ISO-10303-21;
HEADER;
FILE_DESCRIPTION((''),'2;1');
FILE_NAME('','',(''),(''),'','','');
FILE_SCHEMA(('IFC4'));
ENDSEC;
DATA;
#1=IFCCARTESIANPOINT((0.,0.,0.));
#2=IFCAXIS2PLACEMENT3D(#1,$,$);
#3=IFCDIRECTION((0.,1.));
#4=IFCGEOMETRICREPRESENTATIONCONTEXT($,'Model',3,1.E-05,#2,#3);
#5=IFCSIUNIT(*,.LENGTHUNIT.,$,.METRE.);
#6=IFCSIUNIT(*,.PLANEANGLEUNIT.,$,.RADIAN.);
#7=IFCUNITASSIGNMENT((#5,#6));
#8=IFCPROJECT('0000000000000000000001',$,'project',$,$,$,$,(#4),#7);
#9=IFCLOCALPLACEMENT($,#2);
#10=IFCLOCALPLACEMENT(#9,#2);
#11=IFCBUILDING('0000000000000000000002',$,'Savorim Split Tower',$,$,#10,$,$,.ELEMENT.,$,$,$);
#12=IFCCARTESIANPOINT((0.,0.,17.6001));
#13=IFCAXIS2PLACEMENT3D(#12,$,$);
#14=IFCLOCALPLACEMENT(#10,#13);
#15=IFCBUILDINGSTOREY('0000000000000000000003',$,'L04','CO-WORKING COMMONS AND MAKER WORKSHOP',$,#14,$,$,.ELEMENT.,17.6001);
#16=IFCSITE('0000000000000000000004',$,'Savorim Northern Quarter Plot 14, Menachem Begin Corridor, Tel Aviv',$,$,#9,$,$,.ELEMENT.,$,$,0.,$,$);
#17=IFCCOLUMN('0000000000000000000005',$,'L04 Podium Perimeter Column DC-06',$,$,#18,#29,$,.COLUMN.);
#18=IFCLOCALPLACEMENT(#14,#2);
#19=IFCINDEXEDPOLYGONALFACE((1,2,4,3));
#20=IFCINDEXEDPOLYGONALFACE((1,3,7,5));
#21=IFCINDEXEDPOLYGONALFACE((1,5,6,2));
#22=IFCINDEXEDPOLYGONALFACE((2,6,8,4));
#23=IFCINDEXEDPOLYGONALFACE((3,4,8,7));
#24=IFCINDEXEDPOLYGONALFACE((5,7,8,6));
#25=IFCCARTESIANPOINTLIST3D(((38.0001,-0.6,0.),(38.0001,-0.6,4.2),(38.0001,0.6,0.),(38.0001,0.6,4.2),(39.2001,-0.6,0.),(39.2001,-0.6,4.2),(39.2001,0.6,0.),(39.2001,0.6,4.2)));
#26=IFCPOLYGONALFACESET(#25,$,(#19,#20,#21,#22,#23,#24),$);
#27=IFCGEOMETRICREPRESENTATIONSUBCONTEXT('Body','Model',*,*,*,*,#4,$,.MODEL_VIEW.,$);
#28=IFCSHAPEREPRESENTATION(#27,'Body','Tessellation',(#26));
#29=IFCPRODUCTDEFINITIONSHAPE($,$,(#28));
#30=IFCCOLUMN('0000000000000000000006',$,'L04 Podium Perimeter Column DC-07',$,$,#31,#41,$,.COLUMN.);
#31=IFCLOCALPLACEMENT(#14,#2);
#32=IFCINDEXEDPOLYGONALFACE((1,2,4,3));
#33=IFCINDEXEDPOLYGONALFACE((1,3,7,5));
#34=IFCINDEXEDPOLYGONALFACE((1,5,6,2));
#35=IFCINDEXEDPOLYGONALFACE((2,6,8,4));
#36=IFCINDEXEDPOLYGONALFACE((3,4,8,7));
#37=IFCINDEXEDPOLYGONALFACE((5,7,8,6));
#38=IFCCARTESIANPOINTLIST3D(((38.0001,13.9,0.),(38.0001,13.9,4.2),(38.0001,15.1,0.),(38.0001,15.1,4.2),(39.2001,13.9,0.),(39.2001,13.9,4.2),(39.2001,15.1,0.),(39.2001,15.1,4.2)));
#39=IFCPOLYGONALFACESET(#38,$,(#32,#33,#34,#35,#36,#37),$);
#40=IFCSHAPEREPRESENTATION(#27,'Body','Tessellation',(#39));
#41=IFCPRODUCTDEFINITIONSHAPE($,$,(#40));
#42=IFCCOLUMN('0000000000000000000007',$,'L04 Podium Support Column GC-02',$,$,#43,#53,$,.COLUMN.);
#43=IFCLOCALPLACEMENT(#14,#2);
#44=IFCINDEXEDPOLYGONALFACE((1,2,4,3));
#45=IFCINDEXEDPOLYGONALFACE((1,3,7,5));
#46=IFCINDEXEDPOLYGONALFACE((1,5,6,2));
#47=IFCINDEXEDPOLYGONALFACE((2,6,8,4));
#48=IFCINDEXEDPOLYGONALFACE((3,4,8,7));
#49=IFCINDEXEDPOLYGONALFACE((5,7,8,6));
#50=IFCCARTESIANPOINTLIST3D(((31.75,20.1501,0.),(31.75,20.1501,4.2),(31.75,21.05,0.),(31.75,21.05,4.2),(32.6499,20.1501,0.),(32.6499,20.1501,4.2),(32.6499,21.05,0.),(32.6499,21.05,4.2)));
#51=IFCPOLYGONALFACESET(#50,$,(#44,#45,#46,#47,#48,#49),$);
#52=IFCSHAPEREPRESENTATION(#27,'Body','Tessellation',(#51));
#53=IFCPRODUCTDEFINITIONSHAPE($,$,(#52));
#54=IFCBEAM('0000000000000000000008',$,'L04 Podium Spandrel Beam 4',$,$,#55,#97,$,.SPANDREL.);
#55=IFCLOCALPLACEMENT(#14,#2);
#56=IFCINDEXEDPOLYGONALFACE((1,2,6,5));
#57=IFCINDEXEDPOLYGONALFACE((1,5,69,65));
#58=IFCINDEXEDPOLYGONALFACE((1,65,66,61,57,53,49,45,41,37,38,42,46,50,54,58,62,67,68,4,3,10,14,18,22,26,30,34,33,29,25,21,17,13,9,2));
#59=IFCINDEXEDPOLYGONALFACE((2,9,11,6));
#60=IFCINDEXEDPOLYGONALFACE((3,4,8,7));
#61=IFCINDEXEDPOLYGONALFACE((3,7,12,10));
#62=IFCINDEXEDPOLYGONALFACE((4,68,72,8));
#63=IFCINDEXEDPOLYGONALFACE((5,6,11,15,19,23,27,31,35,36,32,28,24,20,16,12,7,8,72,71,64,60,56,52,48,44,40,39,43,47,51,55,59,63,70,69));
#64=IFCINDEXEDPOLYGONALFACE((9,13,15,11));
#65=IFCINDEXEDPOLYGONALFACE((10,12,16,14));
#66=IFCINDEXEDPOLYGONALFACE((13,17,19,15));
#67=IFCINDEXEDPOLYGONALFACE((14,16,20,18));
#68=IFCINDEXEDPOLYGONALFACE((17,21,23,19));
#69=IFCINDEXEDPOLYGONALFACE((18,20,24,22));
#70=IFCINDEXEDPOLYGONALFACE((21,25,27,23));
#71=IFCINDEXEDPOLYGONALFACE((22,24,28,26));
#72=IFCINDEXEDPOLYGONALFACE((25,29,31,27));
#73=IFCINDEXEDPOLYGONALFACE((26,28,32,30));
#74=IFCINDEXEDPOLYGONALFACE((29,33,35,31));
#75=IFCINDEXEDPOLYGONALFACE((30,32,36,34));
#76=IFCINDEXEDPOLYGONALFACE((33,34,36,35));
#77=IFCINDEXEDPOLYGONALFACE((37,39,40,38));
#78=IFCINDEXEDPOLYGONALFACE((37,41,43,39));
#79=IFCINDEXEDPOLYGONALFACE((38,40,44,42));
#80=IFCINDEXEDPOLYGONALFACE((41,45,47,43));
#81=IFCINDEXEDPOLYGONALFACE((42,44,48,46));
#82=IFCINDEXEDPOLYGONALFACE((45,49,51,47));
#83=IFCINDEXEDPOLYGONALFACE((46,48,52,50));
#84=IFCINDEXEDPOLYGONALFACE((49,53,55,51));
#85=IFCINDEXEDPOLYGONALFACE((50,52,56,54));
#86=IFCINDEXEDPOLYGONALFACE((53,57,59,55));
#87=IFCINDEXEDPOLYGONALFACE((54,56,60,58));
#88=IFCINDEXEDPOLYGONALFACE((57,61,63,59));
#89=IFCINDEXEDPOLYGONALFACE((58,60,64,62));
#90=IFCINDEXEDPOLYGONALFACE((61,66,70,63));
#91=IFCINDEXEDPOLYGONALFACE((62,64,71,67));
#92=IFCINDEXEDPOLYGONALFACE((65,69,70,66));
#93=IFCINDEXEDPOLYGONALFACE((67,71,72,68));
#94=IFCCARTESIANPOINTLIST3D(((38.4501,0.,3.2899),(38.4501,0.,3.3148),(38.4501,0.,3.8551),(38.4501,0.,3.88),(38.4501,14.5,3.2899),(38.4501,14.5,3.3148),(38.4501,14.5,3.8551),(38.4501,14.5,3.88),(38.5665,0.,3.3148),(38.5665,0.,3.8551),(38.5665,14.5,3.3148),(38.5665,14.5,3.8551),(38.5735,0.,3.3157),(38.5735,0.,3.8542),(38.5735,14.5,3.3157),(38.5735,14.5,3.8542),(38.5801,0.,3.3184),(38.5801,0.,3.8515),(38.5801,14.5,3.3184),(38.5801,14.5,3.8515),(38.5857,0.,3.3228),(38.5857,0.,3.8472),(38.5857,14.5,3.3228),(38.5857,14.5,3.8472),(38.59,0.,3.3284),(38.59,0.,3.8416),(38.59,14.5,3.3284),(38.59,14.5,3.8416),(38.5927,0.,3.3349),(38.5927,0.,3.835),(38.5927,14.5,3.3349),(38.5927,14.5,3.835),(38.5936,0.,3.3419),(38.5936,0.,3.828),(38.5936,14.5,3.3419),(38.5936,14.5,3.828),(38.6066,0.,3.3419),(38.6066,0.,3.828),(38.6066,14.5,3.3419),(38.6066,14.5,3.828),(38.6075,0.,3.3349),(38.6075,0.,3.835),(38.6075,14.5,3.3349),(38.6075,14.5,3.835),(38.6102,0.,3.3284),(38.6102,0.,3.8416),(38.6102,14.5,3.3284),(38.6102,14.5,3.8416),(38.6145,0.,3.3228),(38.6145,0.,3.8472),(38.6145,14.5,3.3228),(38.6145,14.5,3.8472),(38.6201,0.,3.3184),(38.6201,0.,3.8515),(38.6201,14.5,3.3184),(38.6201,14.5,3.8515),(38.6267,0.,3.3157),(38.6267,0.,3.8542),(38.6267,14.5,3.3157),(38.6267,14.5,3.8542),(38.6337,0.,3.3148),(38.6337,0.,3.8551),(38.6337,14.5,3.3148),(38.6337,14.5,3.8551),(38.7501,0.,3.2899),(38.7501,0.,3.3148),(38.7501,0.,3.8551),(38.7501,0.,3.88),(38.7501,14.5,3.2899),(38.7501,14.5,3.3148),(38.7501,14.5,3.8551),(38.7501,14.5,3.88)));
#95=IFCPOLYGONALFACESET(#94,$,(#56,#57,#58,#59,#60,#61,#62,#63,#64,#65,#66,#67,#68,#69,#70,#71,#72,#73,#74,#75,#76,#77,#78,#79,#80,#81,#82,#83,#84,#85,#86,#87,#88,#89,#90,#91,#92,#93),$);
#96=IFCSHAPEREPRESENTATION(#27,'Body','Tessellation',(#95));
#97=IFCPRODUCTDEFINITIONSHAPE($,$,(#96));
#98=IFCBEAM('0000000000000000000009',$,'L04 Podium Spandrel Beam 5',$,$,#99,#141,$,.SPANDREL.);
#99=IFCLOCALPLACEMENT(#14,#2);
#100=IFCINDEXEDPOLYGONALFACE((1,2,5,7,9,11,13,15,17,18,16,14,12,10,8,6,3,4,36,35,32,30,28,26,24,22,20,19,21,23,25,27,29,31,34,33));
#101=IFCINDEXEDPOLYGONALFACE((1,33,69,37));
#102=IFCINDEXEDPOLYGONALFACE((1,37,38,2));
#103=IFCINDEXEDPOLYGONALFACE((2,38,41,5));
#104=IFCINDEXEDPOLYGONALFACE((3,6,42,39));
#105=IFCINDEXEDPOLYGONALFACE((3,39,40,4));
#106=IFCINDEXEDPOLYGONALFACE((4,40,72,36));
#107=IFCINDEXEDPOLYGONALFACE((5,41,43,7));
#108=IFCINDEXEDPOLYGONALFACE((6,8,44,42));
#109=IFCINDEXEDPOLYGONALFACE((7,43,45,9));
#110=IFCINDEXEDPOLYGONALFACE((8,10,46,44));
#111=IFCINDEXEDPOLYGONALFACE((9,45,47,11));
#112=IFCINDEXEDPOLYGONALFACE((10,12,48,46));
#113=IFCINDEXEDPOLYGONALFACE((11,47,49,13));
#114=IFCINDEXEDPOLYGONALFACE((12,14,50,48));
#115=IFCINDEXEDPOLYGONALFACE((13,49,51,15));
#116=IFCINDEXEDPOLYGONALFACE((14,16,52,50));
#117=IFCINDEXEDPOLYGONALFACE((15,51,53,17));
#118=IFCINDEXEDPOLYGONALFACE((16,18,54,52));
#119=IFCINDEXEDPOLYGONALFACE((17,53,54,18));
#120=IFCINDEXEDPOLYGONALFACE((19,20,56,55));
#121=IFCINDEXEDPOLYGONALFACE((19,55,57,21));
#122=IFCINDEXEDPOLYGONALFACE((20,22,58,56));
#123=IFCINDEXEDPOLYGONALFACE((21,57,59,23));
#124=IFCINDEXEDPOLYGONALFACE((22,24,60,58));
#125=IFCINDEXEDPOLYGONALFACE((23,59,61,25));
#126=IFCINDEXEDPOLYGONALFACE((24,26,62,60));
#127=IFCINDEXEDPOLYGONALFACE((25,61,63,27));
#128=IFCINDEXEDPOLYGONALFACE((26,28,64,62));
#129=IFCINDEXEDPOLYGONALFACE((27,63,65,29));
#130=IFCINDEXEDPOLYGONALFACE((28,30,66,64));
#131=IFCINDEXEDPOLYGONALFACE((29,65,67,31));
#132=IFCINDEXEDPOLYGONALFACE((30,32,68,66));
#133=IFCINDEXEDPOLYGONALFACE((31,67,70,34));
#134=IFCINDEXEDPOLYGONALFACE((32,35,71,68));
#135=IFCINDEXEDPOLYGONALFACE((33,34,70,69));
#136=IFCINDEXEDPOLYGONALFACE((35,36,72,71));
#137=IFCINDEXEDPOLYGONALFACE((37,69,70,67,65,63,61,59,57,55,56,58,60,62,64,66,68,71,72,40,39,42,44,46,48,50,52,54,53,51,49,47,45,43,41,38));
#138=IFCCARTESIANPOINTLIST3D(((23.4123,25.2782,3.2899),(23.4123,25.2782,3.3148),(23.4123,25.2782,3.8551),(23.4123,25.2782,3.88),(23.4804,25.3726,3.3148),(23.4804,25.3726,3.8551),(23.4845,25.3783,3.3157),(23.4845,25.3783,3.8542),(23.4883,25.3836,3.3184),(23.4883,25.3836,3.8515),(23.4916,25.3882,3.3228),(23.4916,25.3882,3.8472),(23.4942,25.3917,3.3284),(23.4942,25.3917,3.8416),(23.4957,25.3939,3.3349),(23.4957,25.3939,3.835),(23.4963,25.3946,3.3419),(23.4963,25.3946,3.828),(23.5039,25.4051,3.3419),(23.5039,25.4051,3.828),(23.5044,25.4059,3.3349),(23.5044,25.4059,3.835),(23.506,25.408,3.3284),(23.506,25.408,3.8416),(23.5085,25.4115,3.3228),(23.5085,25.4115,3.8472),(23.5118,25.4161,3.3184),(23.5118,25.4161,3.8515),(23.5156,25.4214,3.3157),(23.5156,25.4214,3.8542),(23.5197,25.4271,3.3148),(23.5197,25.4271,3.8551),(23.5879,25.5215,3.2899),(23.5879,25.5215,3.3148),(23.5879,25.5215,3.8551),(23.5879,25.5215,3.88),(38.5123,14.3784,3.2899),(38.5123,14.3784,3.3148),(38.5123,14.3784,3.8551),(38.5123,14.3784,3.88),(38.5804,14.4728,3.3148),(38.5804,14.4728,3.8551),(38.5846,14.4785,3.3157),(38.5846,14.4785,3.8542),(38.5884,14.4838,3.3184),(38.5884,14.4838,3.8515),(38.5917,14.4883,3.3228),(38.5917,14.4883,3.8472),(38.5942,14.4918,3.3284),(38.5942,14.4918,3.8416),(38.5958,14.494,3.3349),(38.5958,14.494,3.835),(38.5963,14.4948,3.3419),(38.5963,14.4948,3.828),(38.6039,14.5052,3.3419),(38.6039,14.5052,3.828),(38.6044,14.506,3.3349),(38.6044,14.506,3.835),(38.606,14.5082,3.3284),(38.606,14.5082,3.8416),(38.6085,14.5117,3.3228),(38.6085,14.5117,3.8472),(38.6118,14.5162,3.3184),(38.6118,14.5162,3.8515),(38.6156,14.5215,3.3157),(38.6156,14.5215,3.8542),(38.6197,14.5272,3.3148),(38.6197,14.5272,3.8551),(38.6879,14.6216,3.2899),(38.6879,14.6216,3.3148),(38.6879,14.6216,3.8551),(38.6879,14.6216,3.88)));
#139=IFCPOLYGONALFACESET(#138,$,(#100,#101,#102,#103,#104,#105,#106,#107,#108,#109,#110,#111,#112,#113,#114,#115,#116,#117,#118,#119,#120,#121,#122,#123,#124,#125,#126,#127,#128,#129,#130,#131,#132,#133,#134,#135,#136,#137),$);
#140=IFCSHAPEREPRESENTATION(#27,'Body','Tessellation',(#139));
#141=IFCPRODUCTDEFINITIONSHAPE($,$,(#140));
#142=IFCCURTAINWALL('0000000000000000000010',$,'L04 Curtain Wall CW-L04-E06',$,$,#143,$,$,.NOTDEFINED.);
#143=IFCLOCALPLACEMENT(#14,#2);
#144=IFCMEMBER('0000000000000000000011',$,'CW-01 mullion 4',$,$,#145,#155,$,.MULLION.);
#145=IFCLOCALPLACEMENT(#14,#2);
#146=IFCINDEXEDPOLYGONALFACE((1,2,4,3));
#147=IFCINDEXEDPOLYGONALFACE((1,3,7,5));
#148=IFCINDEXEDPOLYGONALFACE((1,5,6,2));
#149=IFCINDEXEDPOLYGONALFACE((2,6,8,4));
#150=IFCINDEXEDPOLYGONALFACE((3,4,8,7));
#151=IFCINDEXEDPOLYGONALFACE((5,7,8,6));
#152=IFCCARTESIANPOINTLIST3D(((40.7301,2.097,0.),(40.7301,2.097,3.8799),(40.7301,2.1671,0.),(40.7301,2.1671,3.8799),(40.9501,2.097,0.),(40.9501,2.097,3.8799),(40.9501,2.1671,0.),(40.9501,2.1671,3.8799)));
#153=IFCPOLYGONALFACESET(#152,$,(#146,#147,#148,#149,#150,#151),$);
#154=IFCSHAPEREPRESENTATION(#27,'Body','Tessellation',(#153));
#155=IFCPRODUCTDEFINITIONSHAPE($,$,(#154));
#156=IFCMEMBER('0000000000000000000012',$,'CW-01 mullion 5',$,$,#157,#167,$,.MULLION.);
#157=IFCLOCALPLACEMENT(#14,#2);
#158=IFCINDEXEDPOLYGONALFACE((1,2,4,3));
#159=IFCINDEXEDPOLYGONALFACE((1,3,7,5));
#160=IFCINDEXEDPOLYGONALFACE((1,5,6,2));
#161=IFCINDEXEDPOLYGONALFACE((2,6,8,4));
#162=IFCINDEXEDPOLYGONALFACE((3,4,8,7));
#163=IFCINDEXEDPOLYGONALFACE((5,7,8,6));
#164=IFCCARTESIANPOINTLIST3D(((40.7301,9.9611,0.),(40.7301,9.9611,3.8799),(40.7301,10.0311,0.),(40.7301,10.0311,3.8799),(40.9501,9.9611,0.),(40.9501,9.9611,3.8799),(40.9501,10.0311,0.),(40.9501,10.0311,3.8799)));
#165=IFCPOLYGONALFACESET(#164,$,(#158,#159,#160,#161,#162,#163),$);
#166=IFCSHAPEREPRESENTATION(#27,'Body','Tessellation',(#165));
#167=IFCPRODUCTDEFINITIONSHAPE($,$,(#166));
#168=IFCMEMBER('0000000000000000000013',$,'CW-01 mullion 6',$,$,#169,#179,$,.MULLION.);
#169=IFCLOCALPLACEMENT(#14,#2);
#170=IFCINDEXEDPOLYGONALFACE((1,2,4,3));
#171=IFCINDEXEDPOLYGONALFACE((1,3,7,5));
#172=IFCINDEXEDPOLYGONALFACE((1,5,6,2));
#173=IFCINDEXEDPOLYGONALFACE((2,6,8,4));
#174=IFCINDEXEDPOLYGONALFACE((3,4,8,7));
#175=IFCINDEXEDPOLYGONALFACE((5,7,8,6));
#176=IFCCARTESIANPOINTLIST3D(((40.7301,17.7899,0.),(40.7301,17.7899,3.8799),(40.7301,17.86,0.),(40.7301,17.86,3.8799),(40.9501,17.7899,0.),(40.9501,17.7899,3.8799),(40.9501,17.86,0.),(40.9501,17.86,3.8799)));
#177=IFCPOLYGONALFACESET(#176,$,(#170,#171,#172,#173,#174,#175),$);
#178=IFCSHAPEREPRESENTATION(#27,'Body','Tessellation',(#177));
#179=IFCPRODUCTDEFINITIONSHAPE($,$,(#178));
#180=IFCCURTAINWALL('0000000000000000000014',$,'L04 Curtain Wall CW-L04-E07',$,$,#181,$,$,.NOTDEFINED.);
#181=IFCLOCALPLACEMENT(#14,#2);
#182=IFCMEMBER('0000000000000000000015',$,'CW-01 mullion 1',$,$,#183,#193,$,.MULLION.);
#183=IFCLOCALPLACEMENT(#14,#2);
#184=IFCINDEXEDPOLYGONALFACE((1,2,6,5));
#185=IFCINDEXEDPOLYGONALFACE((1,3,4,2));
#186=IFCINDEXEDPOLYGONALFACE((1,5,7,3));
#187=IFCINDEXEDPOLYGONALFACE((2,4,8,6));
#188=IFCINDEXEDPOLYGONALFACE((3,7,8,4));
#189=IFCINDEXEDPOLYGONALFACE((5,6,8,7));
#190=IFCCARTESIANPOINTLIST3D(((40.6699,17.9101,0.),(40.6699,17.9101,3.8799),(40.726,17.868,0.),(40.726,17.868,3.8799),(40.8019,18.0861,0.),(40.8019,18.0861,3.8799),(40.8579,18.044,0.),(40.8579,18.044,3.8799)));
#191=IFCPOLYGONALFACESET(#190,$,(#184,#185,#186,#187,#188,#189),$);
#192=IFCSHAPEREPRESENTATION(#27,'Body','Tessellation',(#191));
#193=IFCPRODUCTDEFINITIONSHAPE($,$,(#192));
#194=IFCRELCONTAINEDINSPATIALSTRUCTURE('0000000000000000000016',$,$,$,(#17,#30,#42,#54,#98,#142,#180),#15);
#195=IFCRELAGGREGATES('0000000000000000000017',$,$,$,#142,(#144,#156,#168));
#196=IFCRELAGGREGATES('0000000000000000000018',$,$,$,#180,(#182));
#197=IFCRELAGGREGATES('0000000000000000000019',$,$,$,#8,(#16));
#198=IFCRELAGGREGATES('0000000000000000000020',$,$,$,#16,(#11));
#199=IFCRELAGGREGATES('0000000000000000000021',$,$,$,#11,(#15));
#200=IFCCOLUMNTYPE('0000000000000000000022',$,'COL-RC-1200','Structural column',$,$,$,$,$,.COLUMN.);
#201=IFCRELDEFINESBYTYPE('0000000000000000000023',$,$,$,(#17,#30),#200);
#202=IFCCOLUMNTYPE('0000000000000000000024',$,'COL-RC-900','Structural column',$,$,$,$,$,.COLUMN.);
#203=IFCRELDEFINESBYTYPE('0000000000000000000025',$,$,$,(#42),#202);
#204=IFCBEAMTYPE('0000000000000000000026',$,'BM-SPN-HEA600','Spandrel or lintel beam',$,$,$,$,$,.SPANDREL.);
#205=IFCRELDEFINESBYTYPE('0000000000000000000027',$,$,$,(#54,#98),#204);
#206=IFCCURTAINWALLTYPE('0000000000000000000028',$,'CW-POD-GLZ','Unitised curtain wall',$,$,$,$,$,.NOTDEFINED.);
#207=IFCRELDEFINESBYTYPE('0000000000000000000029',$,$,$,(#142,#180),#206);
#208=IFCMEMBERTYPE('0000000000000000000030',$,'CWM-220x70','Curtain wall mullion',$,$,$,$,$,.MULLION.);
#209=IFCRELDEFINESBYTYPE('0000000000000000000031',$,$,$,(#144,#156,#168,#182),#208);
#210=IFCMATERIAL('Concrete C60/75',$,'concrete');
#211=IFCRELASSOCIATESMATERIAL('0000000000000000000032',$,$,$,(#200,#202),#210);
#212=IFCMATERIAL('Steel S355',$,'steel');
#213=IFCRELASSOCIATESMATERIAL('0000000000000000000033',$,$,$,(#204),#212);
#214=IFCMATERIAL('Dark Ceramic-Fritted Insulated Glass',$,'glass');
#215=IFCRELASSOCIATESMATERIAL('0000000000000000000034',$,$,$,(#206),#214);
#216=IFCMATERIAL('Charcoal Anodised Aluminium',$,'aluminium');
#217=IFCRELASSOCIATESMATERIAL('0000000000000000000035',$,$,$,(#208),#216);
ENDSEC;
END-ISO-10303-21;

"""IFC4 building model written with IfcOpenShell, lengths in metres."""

from ifc_helpers import new_model, si_unit, direction, frame, origin, origin_2d, place, context, subcontext, project, spatial, rectangle, i_section, extrude, material, material_profile, profile_set, type_object, element, aggregate, save


model = new_model("IFC4")

# Units and contexts
model_context = context("Model", 3, precision=1e-05, world=origin(), true_north=direction((0.0, 1.0)))
body_context = subcontext(model_context, "Body", "Model", "MODEL_VIEW")
ifc_project = project(units=[si_unit("LENGTHUNIT", "METRE"), si_unit("PLANEANGLEUNIT", "RADIAN")], contexts=[model_context])

# Site, building, storey
site_placement = place(None, origin())
site = spatial("IfcSite", under=ifc_project, at=site_placement, Name="Savorim Northern Quarter Plot 14, Menachem Begin Corridor, Tel Aviv", CompositionType="ELEMENT", RefElevation=0.0)
building_placement = place(site_placement, origin())
building = spatial("IfcBuilding", under=site, at=building_placement, Name="Savorim Split Tower", CompositionType="ELEMENT")
storey_placement = place(building_placement, frame((0.0, 0.0, 17.6001)))
storey = spatial("IfcBuildingStorey", under=building, at=storey_placement, Name="L04", Description="CO-WORKING COMMONS AND MAKER WORKSHOP", CompositionType="ELEMENT", Elevation=17.6001)

# Columns
ifc_material_1 = material(Name="Concrete C60/75", Category="concrete")
ifc_material_profile_1 = material_profile(ifc_material_1, rectangle(XDim=1.2, YDim=1.2, at=origin_2d()), Name="RC 1200x1200")
ifc_profile_set_1 = profile_set([ifc_material_profile_1], Name="Concrete C60/75")
column_type_1 = type_object("IfcColumnType", Name="COL-RC-1200", Description="Structural column", PredefinedType="COLUMN", material=ifc_profile_set_1)
for number, where, z_axis, x_axis, name in (
    (1, (38.6001, 0.0, 0.0), (0.0, 0.0, 1.0), (1.0, 0.0, 0.0), "L04 Podium Perimeter Column DC-06"),
    (2, (38.6001, 14.5, 0.0), (0.0, 0.0, 1.0), (1.0, 0.0, 0.0), "L04 Podium Perimeter Column DC-07"),
):
    element("IfcColumn", number, at=place(storey_placement, frame(where, z_axis=z_axis, x_axis=x_axis)), inside=storey, type_object=column_type_1, Name=name, PredefinedType="COLUMN", context=body_context, shape_type="SweptSolid", body=[
        extrude(rectangle(XDim=1.2, YDim=1.2, at=origin_2d()), origin(), (0.0, 0.0, 1.0), 4.2),
    ])
ifc_material_profile_2 = material_profile(ifc_material_1, rectangle(XDim=0.8999, YDim=0.8999, at=origin_2d()), Name="RC 900x900")
ifc_profile_set_2 = profile_set([ifc_material_profile_2], Name="Concrete C60/75")
column_type_2 = type_object("IfcColumnType", Name="COL-RC-900", Description="Structural column", PredefinedType="COLUMN", material=ifc_profile_set_2)
column_placement = place(storey_placement, frame((32.2, 20.6001, 0.0), z_axis=(0.0, 0.0, 1.0), x_axis=(1.0, 0.0, 0.0)))
element("IfcColumn", 3, at=column_placement, inside=storey, type_object=column_type_2, Name="L04 Podium Support Column GC-02", PredefinedType="COLUMN", context=body_context, shape_type="SweptSolid", body=[
    extrude(rectangle(XDim=0.8999, YDim=0.8999, at=origin_2d()), origin(), (0.0, 0.0, 1.0), 4.2),
])

# Beams
ifc_material_2 = material(Name="Steel S355", Category="steel")
ifc_material_profile_3 = material_profile(ifc_material_2, i_section(OverallWidth=0.3, OverallDepth=0.5901, WebThickness=0.0129, FlangeThickness=0.0249, FilletRadius=0.0271, at=origin_2d()), Name="HEA 600")
ifc_profile_set_3 = profile_set([ifc_material_profile_3], Name="Steel S355")
beam_type = type_object("IfcBeamType", Name="BM-SPN-HEA600", Description="Spandrel or lintel beam", PredefinedType="SPANDREL", material=ifc_profile_set_3)
beam_1_placement = place(storey_placement, frame((38.6001, 0.0, 3.585), z_axis=(0.0, 1.0, 0.0), x_axis=(-1.0, 0.0, 0.0)))
element("IfcBeam", 4, at=beam_1_placement, inside=storey, type_object=beam_type, Name="L04 Podium Spandrel Beam 4", PredefinedType="SPANDREL", context=body_context, shape_type="SweptSolid", body=[
    extrude(i_section(OverallWidth=0.3, OverallDepth=0.5901, WebThickness=0.0129, FlangeThickness=0.0249, FilletRadius=0.0271, at=origin_2d()), origin(), (0.0, 0.0, 1.0), 14.5),
])
beam_2_placement = place(storey_placement, frame((38.6001, 14.5, 3.585), z_axis=(-0.810825, 0.585289, 0.0), x_axis=(-0.585289, -0.810825, 0.0)))
element("IfcBeam", 5, at=beam_2_placement, inside=storey, type_object=beam_type, Name="L04 Podium Spandrel Beam 5", PredefinedType="SPANDREL", context=body_context, shape_type="SweptSolid", body=[
    extrude(i_section(OverallWidth=0.3, OverallDepth=0.5901, WebThickness=0.0129, FlangeThickness=0.0249, FilletRadius=0.0271, at=origin_2d()), origin(), (0.0, 0.0, 1.0), 18.623),
])

# Curtain walls, members
ifc_material_3 = material(Name="Dark Ceramic-Fritted Insulated Glass", Category="glass")
curtain_wall_type = type_object("IfcCurtainWallType", Name="CW-POD-GLZ", Description="Unitised curtain wall", PredefinedType="NOTDEFINED", material=ifc_material_3)
curtain_wall_1_placement = place(storey_placement, origin())
curtain_wall_1 = element("IfcCurtainWall", 6, at=curtain_wall_1_placement, inside=storey, type_object=curtain_wall_type, Name="L04 Curtain Wall CW-L04-E06", PredefinedType="NOTDEFINED")
ifc_material_4 = material(Name="Charcoal Anodised Aluminium", Category="aluminium")
ifc_material_profile_4 = material_profile(ifc_material_4, rectangle(XDim=0.22, YDim=0.0701, at=origin_2d()), Name="ALU-M 220x70")
ifc_profile_set_4 = profile_set([ifc_material_profile_4], Name="Charcoal Anodised Aluminium")
member_type_1 = type_object("IfcMemberType", Name="CWM-220x70", Description="Curtain wall mullion", PredefinedType="MULLION", material=ifc_profile_set_4)
member_1_placement = place(storey_placement, frame((40.8401, 2.1321, 0.0), z_axis=(0.0, 0.0, 1.0), x_axis=(-1.0, 0.0, 0.0)))
member_1 = element("IfcMember", 7, at=member_1_placement, type_object=member_type_1, Name="CW-01 mullion 4", PredefinedType="MULLION", context=body_context, shape_type="SweptSolid", body=[
    extrude(rectangle(XDim=0.22, YDim=0.0701, at=origin_2d()), origin(), (0.0, 0.0, 1.0), 3.8799),
])
member_2_placement = place(storey_placement, frame((40.8401, 9.9961, 0.0), z_axis=(0.0, 0.0, 1.0), x_axis=(-1.0, 0.0, 0.0)))
member_2 = element("IfcMember", 8, at=member_2_placement, type_object=member_type_1, Name="CW-01 mullion 5", PredefinedType="MULLION", context=body_context, shape_type="SweptSolid", body=[
    extrude(rectangle(XDim=0.22, YDim=0.0701, at=origin_2d()), origin(), (0.0, 0.0, 1.0), 3.8799),
])
member_3_placement = place(storey_placement, frame((40.8401, 17.825, 0.0), z_axis=(0.0, 0.0, 1.0), x_axis=(-1.0, 0.0, 0.0)))
member_3 = element("IfcMember", 9, at=member_3_placement, type_object=member_type_1, Name="CW-01 mullion 6", PredefinedType="MULLION", context=body_context, shape_type="SweptSolid", body=[
    extrude(rectangle(XDim=0.22, YDim=0.0701, at=origin_2d()), origin(), (0.0, 0.0, 1.0), 3.8799),
])
curtain_wall_2_placement = place(storey_placement, origin())
curtain_wall_2 = element("IfcCurtainWall", 10, at=curtain_wall_2_placement, inside=storey, type_object=curtain_wall_type, Name="L04 Curtain Wall CW-L04-E07", PredefinedType="NOTDEFINED")
member_4_placement = place(storey_placement, frame((40.7639, 17.9771, 0.0), z_axis=(0.0, 0.0, 1.0), x_axis=(-0.6, -0.8, 0.0)))
member_4 = element("IfcMember", 11, at=member_4_placement, type_object=member_type_1, Name="CW-01 mullion 1", PredefinedType="MULLION", context=body_context, shape_type="SweptSolid", body=[
    extrude(rectangle(XDim=0.22, YDim=0.0701, at=origin_2d()), origin(), (0.0, 0.0, 1.0), 3.8799),
])

aggregate(curtain_wall_1, [member_1, member_2, member_3])
aggregate(curtain_wall_2, [member_4])

save(model, "model.ifc")
